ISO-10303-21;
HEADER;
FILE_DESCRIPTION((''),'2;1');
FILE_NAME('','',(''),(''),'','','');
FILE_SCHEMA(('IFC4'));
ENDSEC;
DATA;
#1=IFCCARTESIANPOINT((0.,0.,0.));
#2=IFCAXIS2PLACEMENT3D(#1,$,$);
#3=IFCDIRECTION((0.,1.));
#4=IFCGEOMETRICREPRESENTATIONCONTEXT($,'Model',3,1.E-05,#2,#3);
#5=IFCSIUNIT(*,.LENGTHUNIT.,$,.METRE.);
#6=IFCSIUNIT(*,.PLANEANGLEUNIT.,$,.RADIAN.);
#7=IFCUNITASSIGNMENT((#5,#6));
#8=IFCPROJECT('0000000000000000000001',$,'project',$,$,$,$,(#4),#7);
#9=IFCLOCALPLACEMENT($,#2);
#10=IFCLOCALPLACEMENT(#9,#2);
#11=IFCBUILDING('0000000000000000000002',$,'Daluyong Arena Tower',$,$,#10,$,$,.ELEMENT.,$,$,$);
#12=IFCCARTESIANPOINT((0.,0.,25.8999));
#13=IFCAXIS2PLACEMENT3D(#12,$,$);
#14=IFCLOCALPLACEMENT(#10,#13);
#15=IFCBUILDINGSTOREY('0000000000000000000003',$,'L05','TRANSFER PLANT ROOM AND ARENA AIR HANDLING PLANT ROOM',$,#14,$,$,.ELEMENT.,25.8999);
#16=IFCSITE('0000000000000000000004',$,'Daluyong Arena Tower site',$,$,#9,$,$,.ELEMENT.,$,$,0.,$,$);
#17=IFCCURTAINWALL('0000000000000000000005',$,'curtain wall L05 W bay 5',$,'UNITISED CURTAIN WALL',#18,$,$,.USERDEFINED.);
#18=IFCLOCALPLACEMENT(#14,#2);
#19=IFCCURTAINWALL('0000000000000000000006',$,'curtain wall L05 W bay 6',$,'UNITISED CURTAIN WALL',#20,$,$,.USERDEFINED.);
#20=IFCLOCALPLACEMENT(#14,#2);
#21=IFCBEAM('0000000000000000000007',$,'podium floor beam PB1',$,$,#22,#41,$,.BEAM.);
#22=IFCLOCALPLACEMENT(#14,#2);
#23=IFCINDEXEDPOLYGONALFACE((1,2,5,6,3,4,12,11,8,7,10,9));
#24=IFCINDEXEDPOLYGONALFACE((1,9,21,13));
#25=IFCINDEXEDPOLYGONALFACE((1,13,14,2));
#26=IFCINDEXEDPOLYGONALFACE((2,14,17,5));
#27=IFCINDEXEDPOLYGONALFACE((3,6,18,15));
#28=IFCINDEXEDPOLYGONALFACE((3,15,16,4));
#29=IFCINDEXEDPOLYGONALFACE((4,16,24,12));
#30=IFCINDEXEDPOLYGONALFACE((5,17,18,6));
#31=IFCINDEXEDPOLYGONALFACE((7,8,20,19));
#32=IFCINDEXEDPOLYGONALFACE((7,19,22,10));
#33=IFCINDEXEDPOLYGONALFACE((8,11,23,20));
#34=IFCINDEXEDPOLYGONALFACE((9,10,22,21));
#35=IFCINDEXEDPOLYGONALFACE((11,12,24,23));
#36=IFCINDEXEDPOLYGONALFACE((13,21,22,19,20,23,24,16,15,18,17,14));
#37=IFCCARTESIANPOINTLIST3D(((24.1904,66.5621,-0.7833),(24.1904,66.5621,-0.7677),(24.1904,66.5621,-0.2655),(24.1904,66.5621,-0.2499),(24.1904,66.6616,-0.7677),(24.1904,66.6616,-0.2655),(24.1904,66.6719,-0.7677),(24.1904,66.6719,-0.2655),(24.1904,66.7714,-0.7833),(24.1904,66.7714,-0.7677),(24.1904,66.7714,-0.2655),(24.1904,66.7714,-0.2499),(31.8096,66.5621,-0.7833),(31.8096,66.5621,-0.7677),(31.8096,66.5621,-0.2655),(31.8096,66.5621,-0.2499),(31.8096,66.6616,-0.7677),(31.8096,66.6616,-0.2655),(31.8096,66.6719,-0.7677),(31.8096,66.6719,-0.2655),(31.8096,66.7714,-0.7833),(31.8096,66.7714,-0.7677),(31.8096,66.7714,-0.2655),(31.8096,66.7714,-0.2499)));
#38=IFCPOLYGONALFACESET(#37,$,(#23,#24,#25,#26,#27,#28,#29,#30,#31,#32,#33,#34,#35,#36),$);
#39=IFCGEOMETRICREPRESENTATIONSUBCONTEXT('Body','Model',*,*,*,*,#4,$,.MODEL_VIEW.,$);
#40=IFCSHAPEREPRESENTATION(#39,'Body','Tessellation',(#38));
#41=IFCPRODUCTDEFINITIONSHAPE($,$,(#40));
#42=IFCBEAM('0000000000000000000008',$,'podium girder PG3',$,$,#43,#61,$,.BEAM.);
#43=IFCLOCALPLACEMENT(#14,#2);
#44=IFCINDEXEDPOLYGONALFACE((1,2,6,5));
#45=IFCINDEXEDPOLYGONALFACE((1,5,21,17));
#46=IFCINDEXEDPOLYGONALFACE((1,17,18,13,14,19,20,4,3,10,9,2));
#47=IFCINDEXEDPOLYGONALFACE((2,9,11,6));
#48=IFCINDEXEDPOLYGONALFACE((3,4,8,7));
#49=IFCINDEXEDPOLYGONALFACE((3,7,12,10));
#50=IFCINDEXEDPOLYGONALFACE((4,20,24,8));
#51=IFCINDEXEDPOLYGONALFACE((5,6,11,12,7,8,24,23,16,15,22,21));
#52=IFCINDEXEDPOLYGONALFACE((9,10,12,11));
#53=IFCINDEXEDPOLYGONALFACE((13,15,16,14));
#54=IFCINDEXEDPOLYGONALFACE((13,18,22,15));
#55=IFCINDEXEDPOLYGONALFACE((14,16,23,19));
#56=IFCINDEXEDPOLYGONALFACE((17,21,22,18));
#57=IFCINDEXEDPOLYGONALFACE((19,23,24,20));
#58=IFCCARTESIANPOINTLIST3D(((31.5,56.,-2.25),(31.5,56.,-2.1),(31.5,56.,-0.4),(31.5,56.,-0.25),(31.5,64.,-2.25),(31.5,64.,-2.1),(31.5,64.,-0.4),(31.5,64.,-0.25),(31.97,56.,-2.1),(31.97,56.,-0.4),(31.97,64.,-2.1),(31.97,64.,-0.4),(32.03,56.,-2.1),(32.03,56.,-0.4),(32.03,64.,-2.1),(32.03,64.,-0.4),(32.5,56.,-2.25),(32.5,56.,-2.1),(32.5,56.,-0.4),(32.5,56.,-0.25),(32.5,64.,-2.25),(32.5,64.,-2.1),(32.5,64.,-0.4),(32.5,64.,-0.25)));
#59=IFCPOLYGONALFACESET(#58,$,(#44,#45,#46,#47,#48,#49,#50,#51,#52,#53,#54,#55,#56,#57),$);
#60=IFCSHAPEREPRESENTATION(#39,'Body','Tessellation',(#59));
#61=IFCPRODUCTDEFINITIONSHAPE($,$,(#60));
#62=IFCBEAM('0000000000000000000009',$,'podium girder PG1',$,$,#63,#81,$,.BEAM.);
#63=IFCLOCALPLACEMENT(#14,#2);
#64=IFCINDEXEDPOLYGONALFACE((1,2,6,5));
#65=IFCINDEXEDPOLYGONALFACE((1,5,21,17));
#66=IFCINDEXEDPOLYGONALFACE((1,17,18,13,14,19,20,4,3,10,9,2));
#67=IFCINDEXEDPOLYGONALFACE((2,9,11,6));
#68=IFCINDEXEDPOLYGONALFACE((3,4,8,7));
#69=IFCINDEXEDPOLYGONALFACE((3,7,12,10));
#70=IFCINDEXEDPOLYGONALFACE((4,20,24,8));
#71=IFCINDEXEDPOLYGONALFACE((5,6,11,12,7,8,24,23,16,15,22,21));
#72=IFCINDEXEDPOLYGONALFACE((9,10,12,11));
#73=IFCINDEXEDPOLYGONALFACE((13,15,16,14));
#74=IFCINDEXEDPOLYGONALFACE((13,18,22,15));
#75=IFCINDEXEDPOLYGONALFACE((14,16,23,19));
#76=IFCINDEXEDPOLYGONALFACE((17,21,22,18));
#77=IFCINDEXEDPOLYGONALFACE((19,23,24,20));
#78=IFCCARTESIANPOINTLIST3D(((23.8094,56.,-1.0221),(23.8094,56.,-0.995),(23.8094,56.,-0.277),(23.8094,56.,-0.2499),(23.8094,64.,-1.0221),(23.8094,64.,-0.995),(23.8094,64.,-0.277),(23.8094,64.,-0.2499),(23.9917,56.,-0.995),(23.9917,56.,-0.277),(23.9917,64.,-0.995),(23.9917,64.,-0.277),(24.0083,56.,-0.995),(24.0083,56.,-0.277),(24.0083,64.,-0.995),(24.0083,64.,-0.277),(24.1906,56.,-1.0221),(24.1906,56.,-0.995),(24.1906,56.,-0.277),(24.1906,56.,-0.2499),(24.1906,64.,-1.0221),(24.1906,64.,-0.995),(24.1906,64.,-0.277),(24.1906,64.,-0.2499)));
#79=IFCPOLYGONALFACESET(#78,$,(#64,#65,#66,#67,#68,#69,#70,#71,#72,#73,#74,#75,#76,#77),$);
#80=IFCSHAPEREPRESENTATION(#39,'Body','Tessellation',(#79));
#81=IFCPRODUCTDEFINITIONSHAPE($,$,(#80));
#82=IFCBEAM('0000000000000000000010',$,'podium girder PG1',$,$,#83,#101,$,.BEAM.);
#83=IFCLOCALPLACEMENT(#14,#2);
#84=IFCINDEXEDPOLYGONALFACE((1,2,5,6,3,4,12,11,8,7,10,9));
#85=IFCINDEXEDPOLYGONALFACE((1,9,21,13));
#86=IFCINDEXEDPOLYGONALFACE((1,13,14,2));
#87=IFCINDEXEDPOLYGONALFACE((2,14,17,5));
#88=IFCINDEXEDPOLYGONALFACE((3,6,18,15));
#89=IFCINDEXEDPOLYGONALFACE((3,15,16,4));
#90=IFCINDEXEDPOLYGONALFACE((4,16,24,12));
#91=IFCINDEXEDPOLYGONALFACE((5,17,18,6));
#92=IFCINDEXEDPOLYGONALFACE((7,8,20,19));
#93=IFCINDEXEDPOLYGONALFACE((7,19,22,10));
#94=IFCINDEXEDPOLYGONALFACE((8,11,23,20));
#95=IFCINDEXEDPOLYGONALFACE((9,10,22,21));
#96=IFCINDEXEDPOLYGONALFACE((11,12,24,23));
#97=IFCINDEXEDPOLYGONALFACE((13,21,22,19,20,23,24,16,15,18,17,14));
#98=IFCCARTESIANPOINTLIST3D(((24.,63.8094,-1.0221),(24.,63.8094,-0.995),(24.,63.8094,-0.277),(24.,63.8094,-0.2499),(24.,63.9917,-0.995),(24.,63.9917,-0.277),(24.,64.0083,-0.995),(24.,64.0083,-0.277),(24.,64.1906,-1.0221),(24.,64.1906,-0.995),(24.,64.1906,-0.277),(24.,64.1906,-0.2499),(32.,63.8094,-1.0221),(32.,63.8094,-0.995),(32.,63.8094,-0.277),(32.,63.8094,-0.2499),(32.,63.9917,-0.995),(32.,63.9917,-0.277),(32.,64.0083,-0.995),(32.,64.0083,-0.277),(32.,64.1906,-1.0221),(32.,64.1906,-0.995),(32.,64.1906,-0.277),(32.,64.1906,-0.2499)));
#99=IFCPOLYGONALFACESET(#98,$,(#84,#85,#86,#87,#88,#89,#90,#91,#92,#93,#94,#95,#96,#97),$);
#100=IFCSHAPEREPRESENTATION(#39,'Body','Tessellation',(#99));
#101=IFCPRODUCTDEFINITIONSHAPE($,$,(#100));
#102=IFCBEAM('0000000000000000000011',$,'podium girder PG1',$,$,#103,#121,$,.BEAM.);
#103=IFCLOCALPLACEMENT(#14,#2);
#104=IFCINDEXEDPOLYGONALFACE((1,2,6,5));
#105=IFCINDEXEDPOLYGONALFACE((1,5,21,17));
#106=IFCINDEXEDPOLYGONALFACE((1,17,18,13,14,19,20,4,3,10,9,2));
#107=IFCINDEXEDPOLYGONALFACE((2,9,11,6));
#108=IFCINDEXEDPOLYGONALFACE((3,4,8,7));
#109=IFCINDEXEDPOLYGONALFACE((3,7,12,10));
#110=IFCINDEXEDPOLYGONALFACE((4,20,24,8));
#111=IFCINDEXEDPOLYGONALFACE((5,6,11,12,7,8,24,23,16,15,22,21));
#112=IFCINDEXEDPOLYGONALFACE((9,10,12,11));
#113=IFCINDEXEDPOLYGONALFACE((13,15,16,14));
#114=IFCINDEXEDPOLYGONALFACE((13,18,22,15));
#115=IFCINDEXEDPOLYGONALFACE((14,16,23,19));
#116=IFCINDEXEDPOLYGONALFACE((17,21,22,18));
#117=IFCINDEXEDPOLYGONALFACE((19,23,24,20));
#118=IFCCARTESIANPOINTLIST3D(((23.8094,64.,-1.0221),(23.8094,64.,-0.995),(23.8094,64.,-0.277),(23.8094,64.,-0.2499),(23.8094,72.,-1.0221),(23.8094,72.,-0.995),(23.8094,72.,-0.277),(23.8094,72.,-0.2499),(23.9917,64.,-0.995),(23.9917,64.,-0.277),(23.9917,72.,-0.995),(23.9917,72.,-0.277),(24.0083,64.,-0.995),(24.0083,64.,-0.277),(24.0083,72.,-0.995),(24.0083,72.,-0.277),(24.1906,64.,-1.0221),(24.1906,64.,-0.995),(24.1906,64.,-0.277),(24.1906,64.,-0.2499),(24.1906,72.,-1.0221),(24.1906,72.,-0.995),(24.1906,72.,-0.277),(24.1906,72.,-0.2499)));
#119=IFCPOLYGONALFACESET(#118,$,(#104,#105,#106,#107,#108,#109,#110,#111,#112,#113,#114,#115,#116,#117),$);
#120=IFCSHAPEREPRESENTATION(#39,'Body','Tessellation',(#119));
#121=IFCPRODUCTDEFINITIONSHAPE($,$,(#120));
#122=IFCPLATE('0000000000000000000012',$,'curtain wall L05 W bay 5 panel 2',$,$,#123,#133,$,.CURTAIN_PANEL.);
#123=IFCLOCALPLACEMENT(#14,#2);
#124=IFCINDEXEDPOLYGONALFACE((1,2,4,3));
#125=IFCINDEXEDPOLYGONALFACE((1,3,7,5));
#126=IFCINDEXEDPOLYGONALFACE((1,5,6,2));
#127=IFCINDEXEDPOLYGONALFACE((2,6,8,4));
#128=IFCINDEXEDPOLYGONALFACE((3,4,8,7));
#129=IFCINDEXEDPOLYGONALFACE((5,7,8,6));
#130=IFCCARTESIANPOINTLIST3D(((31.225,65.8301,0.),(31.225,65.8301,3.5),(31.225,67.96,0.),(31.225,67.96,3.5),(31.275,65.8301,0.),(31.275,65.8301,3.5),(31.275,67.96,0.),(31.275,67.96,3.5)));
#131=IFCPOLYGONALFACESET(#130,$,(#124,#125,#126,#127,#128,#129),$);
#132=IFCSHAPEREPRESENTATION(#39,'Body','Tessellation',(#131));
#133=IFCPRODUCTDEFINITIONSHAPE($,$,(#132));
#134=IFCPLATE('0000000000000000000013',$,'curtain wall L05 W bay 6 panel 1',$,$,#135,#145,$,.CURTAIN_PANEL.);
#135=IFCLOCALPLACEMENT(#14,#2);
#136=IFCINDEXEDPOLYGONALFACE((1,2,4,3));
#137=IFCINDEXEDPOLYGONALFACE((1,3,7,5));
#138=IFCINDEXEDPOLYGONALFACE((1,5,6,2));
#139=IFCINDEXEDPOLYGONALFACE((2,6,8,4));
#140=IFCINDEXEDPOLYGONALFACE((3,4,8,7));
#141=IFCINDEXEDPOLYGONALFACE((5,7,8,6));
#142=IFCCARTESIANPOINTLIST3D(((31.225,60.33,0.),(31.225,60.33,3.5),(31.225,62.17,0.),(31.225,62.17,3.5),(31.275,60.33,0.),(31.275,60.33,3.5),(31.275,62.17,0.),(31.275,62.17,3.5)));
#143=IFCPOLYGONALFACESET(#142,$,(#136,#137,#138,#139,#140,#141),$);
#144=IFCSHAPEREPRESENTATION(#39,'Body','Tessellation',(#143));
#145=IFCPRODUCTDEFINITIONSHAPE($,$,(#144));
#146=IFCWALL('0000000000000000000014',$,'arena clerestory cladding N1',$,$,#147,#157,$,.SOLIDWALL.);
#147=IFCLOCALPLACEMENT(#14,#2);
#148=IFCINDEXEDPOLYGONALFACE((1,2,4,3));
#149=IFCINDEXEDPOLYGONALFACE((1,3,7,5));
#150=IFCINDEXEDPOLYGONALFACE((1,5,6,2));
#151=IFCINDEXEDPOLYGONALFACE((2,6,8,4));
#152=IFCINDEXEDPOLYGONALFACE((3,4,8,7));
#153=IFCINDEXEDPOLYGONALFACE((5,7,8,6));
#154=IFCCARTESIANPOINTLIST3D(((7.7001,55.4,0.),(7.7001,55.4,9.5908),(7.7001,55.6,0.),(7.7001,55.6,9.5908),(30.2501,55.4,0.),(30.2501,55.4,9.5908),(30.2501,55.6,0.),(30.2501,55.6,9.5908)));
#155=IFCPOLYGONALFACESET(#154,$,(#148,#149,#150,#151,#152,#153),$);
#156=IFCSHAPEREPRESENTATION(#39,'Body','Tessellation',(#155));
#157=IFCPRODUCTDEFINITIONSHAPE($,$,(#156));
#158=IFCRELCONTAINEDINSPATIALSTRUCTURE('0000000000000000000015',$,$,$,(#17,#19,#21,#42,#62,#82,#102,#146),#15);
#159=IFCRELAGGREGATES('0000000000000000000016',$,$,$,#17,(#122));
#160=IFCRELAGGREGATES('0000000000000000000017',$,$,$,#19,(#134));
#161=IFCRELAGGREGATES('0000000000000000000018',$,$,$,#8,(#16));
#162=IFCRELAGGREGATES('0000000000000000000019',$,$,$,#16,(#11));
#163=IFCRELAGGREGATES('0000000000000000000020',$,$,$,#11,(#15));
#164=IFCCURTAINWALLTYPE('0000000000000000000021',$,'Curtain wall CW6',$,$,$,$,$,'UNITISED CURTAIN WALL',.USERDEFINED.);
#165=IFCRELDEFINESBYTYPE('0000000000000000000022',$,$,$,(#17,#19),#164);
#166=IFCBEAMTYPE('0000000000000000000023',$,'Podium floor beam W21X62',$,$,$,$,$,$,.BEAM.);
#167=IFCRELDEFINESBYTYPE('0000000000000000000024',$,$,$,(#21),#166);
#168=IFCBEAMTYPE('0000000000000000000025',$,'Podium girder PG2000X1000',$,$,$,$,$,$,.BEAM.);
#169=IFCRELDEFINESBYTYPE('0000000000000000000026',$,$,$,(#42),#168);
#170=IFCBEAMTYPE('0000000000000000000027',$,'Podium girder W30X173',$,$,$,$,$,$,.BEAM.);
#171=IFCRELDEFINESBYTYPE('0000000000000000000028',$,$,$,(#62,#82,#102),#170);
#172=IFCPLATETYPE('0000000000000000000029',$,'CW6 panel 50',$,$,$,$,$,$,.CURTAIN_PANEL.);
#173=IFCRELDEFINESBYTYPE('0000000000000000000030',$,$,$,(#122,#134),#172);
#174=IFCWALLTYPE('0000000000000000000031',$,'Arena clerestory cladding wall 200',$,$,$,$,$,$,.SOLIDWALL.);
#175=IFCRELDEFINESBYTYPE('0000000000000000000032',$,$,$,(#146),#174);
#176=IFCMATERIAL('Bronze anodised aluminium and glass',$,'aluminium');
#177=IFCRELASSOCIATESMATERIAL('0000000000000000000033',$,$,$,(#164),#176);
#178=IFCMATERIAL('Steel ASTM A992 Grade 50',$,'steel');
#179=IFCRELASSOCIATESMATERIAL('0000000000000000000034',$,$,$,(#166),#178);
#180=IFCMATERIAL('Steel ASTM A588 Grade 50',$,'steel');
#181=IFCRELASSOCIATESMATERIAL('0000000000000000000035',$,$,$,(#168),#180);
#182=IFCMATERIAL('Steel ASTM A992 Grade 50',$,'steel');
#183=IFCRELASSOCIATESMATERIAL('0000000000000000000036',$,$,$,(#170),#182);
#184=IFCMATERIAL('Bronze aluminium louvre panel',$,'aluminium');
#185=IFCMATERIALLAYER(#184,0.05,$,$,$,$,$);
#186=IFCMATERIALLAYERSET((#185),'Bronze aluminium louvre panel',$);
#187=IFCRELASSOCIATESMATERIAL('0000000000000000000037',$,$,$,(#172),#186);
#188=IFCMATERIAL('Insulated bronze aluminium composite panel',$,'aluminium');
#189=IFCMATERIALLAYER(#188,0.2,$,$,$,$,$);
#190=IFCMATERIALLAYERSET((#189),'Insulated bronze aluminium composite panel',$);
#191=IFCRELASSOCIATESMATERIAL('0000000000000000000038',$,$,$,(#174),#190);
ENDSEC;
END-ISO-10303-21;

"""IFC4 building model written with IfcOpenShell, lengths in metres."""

from ifc_helpers import new_model, si_unit, direction, frame, frame_2d, origin, origin_2d, place, context, subcontext, project, spatial, rectangle, i_section, extrude, material, layer, layer_set, material_profile, profile_set, type_object, element, aggregate, save


model = new_model("IFC4")

# Units and contexts
model_context = context("Model", 3, precision=1e-05, world=origin(), true_north=direction((0.0, 1.0)))
body_context = subcontext(model_context, "Body", "Model", "MODEL_VIEW")
ifc_project = project(units=[si_unit("LENGTHUNIT", "METRE"), si_unit("PLANEANGLEUNIT", "RADIAN")], contexts=[model_context])

# Site, building, storey
site_placement = place(None, origin())
site = spatial("IfcSite", under=ifc_project, at=site_placement, Name="Daluyong Arena Tower site", CompositionType="ELEMENT", RefElevation=0.0)
building_placement = place(site_placement, origin())
building = spatial("IfcBuilding", under=site, at=building_placement, Name="Daluyong Arena Tower", CompositionType="ELEMENT")
storey_placement = place(building_placement, frame((0.0, 0.0, 25.8999)))
storey = spatial("IfcBuildingStorey", under=building, at=storey_placement, Name="L05", Description="TRANSFER PLANT ROOM AND ARENA AIR HANDLING PLANT ROOM", CompositionType="ELEMENT", Elevation=25.8999)

# Curtain walls
ifc_material_1 = material(Name="Bronze anodised aluminium and glass", Category="aluminium")
curtain_wall_type = type_object("IfcCurtainWallType", Name="Curtain wall CW6", ElementType="UNITISED CURTAIN WALL", PredefinedType="USERDEFINED", material=ifc_material_1)
curtain_wall_1_placement = place(storey_placement, origin())
curtain_wall_1 = element("IfcCurtainWall", 1, at=curtain_wall_1_placement, inside=storey, type_object=curtain_wall_type, Name="curtain wall L05 W bay 5", ObjectType="UNITISED CURTAIN WALL", PredefinedType="USERDEFINED")
curtain_wall_2_placement = place(storey_placement, origin())
curtain_wall_2 = element("IfcCurtainWall", 2, at=curtain_wall_2_placement, inside=storey, type_object=curtain_wall_type, Name="curtain wall L05 W bay 6", ObjectType="UNITISED CURTAIN WALL", PredefinedType="USERDEFINED")

# Beams
ifc_material_2 = material(Name="Steel ASTM A992 Grade 50", Category="steel")
ifc_material_profile_1 = material_profile(ifc_material_2, i_section(OverallWidth=0.2092, OverallDepth=0.5334, WebThickness=0.0103, FlangeThickness=0.0156, at=origin_2d()))
ifc_profile_set_1 = profile_set([ifc_material_profile_1], Name="Steel ASTM A992 Grade 50")
beam_type_1 = type_object("IfcBeamType", Name="Podium floor beam W21X62", PredefinedType="BEAM", material=ifc_profile_set_1)
beam_1_placement = place(storey_placement, frame((24.1904, 66.6667, -0.5166), z_axis=(1.0, 0.0, 0.0), x_axis=(0.0, 1.0, 0.0)))
element("IfcBeam", 3, at=beam_1_placement, inside=storey, type_object=beam_type_1, Name="podium floor beam PB1", PredefinedType="BEAM", context=body_context, shape_type="SweptSolid", body=[
    extrude(i_section(OverallWidth=0.2092, OverallDepth=0.5334, WebThickness=0.0103, FlangeThickness=0.0156, at=origin_2d()), origin(), (0.0, 0.0, 1.0), 7.6191),
])
ifc_material_3 = material(Name="Steel ASTM A588 Grade 50", Category="steel")
ifc_material_profile_2 = material_profile(ifc_material_3, i_section(OverallWidth=1.0, OverallDepth=2.0, WebThickness=0.06, FlangeThickness=0.15, at=origin_2d()))
ifc_profile_set_2 = profile_set([ifc_material_profile_2], Name="Steel ASTM A588 Grade 50")
beam_type_2 = type_object("IfcBeamType", Name="Podium girder PG2000X1000", PredefinedType="BEAM", material=ifc_profile_set_2)
beam_2_placement = place(storey_placement, frame((32.0, 56.0, -1.25), z_axis=(0.0, 1.0, 0.0), x_axis=(-1.0, 0.0, 0.0)))
element("IfcBeam", 4, at=beam_2_placement, inside=storey, type_object=beam_type_2, Name="podium girder PG3", PredefinedType="BEAM", context=body_context, shape_type="SweptSolid", body=[
    extrude(i_section(OverallWidth=1.0, OverallDepth=2.0, WebThickness=0.06, FlangeThickness=0.15, at=origin_2d()), origin(), (0.0, 0.0, 1.0), 8.0),
])
ifc_material_4 = material(Name="Steel ASTM A992 Grade 50", Category="steel")
ifc_material_profile_3 = material_profile(ifc_material_4, i_section(OverallWidth=0.3811, OverallDepth=0.7722, WebThickness=0.0166, FlangeThickness=0.0271, at=origin_2d()))
ifc_profile_set_3 = profile_set([ifc_material_profile_3], Name="Steel ASTM A992 Grade 50")
beam_type_3 = type_object("IfcBeamType", Name="Podium girder W30X173", PredefinedType="BEAM", material=ifc_profile_set_3)
for number, where, z_axis, x_axis, name in (
    (5, (24.0, 56.0, -0.636), (0.0, 1.0, 0.0), (-1.0, 0.0, 0.0), "podium girder PG1"),
    (6, (24.0, 64.0, -0.636), (1.0, 0.0, 0.0), (0.0, 1.0, 0.0), "podium girder PG1"),
    (7, (24.0, 64.0, -0.636), (0.0, 1.0, 0.0), (-1.0, 0.0, 0.0), "podium girder PG1"),
):
    element("IfcBeam", number, at=place(storey_placement, frame(where, z_axis=z_axis, x_axis=x_axis)), inside=storey, type_object=beam_type_3, Name=name, PredefinedType="BEAM", context=body_context, shape_type="SweptSolid", body=[
        extrude(i_section(OverallWidth=0.3811, OverallDepth=0.7722, WebThickness=0.0166, FlangeThickness=0.0271, at=origin_2d()), origin(), (0.0, 0.0, 1.0), 8.0),
    ])

# Plates
ifc_material_5 = material(Name="Bronze aluminium louvre panel", Category="aluminium")
ifc_layer_1 = layer(ifc_material_5, 0.05)
ifc_layer_set_1 = layer_set([ifc_layer_1], Name="Bronze aluminium louvre panel")
plate_type = type_object("IfcPlateType", Name="CW6 panel 50", PredefinedType="CURTAIN_PANEL", material=ifc_layer_set_1)
plate_1_placement = place(storey_placement, frame((31.25, 66.895, 0.0), z_axis=(0.0, 0.0, 1.0), x_axis=(0.0, -1.0, 0.0)))
plate_1 = element("IfcPlate", 8, at=plate_1_placement, type_object=plate_type, Name="curtain wall L05 W bay 5 panel 2", PredefinedType="CURTAIN_PANEL", context=body_context, shape_type="SweptSolid", body=[
    extrude(rectangle(XDim=2.1299, YDim=0.05, at=origin_2d()), origin(), (0.0, 0.0, 1.0), 3.5),
])
aggregate(curtain_wall_1, [plate_1])
plate_2_placement = place(storey_placement, frame((31.25, 61.25, 0.0), z_axis=(0.0, 0.0, 1.0), x_axis=(0.0, -1.0, 0.0)))
plate_2 = element("IfcPlate", 9, at=plate_2_placement, type_object=plate_type, Name="curtain wall L05 W bay 6 panel 1", PredefinedType="CURTAIN_PANEL", context=body_context, shape_type="SweptSolid", body=[
    extrude(rectangle(XDim=1.8401, YDim=0.05, at=origin_2d()), origin(), (0.0, 0.0, 1.0), 3.5),
])
aggregate(curtain_wall_2, [plate_2])

# Wall
ifc_material_6 = material(Name="Insulated bronze aluminium composite panel", Category="aluminium")
ifc_layer_2 = layer(ifc_material_6, 0.2)
ifc_layer_set_2 = layer_set([ifc_layer_2], Name="Insulated bronze aluminium composite panel")
wall_type = type_object("IfcWallType", Name="Arena clerestory cladding wall 200", PredefinedType="SOLIDWALL", material=ifc_layer_set_2)
wall_placement = place(storey_placement, frame((30.25, 55.5, 0.0), z_axis=(0.0, 0.0, 1.0), x_axis=(-1.0, 0.0, 0.0)))
element("IfcWall", 10, at=wall_placement, inside=storey, type_object=wall_type, Name="arena clerestory cladding N1", PredefinedType="SOLIDWALL", context=body_context, shape_type="SweptSolid", body=[
    extrude(rectangle(XDim=22.55, YDim=0.2, at=frame_2d((11.2749, 0.0))), origin(), (0.0, 0.0, 1.0), 9.5908),
])

save(model, "model.ifc")
